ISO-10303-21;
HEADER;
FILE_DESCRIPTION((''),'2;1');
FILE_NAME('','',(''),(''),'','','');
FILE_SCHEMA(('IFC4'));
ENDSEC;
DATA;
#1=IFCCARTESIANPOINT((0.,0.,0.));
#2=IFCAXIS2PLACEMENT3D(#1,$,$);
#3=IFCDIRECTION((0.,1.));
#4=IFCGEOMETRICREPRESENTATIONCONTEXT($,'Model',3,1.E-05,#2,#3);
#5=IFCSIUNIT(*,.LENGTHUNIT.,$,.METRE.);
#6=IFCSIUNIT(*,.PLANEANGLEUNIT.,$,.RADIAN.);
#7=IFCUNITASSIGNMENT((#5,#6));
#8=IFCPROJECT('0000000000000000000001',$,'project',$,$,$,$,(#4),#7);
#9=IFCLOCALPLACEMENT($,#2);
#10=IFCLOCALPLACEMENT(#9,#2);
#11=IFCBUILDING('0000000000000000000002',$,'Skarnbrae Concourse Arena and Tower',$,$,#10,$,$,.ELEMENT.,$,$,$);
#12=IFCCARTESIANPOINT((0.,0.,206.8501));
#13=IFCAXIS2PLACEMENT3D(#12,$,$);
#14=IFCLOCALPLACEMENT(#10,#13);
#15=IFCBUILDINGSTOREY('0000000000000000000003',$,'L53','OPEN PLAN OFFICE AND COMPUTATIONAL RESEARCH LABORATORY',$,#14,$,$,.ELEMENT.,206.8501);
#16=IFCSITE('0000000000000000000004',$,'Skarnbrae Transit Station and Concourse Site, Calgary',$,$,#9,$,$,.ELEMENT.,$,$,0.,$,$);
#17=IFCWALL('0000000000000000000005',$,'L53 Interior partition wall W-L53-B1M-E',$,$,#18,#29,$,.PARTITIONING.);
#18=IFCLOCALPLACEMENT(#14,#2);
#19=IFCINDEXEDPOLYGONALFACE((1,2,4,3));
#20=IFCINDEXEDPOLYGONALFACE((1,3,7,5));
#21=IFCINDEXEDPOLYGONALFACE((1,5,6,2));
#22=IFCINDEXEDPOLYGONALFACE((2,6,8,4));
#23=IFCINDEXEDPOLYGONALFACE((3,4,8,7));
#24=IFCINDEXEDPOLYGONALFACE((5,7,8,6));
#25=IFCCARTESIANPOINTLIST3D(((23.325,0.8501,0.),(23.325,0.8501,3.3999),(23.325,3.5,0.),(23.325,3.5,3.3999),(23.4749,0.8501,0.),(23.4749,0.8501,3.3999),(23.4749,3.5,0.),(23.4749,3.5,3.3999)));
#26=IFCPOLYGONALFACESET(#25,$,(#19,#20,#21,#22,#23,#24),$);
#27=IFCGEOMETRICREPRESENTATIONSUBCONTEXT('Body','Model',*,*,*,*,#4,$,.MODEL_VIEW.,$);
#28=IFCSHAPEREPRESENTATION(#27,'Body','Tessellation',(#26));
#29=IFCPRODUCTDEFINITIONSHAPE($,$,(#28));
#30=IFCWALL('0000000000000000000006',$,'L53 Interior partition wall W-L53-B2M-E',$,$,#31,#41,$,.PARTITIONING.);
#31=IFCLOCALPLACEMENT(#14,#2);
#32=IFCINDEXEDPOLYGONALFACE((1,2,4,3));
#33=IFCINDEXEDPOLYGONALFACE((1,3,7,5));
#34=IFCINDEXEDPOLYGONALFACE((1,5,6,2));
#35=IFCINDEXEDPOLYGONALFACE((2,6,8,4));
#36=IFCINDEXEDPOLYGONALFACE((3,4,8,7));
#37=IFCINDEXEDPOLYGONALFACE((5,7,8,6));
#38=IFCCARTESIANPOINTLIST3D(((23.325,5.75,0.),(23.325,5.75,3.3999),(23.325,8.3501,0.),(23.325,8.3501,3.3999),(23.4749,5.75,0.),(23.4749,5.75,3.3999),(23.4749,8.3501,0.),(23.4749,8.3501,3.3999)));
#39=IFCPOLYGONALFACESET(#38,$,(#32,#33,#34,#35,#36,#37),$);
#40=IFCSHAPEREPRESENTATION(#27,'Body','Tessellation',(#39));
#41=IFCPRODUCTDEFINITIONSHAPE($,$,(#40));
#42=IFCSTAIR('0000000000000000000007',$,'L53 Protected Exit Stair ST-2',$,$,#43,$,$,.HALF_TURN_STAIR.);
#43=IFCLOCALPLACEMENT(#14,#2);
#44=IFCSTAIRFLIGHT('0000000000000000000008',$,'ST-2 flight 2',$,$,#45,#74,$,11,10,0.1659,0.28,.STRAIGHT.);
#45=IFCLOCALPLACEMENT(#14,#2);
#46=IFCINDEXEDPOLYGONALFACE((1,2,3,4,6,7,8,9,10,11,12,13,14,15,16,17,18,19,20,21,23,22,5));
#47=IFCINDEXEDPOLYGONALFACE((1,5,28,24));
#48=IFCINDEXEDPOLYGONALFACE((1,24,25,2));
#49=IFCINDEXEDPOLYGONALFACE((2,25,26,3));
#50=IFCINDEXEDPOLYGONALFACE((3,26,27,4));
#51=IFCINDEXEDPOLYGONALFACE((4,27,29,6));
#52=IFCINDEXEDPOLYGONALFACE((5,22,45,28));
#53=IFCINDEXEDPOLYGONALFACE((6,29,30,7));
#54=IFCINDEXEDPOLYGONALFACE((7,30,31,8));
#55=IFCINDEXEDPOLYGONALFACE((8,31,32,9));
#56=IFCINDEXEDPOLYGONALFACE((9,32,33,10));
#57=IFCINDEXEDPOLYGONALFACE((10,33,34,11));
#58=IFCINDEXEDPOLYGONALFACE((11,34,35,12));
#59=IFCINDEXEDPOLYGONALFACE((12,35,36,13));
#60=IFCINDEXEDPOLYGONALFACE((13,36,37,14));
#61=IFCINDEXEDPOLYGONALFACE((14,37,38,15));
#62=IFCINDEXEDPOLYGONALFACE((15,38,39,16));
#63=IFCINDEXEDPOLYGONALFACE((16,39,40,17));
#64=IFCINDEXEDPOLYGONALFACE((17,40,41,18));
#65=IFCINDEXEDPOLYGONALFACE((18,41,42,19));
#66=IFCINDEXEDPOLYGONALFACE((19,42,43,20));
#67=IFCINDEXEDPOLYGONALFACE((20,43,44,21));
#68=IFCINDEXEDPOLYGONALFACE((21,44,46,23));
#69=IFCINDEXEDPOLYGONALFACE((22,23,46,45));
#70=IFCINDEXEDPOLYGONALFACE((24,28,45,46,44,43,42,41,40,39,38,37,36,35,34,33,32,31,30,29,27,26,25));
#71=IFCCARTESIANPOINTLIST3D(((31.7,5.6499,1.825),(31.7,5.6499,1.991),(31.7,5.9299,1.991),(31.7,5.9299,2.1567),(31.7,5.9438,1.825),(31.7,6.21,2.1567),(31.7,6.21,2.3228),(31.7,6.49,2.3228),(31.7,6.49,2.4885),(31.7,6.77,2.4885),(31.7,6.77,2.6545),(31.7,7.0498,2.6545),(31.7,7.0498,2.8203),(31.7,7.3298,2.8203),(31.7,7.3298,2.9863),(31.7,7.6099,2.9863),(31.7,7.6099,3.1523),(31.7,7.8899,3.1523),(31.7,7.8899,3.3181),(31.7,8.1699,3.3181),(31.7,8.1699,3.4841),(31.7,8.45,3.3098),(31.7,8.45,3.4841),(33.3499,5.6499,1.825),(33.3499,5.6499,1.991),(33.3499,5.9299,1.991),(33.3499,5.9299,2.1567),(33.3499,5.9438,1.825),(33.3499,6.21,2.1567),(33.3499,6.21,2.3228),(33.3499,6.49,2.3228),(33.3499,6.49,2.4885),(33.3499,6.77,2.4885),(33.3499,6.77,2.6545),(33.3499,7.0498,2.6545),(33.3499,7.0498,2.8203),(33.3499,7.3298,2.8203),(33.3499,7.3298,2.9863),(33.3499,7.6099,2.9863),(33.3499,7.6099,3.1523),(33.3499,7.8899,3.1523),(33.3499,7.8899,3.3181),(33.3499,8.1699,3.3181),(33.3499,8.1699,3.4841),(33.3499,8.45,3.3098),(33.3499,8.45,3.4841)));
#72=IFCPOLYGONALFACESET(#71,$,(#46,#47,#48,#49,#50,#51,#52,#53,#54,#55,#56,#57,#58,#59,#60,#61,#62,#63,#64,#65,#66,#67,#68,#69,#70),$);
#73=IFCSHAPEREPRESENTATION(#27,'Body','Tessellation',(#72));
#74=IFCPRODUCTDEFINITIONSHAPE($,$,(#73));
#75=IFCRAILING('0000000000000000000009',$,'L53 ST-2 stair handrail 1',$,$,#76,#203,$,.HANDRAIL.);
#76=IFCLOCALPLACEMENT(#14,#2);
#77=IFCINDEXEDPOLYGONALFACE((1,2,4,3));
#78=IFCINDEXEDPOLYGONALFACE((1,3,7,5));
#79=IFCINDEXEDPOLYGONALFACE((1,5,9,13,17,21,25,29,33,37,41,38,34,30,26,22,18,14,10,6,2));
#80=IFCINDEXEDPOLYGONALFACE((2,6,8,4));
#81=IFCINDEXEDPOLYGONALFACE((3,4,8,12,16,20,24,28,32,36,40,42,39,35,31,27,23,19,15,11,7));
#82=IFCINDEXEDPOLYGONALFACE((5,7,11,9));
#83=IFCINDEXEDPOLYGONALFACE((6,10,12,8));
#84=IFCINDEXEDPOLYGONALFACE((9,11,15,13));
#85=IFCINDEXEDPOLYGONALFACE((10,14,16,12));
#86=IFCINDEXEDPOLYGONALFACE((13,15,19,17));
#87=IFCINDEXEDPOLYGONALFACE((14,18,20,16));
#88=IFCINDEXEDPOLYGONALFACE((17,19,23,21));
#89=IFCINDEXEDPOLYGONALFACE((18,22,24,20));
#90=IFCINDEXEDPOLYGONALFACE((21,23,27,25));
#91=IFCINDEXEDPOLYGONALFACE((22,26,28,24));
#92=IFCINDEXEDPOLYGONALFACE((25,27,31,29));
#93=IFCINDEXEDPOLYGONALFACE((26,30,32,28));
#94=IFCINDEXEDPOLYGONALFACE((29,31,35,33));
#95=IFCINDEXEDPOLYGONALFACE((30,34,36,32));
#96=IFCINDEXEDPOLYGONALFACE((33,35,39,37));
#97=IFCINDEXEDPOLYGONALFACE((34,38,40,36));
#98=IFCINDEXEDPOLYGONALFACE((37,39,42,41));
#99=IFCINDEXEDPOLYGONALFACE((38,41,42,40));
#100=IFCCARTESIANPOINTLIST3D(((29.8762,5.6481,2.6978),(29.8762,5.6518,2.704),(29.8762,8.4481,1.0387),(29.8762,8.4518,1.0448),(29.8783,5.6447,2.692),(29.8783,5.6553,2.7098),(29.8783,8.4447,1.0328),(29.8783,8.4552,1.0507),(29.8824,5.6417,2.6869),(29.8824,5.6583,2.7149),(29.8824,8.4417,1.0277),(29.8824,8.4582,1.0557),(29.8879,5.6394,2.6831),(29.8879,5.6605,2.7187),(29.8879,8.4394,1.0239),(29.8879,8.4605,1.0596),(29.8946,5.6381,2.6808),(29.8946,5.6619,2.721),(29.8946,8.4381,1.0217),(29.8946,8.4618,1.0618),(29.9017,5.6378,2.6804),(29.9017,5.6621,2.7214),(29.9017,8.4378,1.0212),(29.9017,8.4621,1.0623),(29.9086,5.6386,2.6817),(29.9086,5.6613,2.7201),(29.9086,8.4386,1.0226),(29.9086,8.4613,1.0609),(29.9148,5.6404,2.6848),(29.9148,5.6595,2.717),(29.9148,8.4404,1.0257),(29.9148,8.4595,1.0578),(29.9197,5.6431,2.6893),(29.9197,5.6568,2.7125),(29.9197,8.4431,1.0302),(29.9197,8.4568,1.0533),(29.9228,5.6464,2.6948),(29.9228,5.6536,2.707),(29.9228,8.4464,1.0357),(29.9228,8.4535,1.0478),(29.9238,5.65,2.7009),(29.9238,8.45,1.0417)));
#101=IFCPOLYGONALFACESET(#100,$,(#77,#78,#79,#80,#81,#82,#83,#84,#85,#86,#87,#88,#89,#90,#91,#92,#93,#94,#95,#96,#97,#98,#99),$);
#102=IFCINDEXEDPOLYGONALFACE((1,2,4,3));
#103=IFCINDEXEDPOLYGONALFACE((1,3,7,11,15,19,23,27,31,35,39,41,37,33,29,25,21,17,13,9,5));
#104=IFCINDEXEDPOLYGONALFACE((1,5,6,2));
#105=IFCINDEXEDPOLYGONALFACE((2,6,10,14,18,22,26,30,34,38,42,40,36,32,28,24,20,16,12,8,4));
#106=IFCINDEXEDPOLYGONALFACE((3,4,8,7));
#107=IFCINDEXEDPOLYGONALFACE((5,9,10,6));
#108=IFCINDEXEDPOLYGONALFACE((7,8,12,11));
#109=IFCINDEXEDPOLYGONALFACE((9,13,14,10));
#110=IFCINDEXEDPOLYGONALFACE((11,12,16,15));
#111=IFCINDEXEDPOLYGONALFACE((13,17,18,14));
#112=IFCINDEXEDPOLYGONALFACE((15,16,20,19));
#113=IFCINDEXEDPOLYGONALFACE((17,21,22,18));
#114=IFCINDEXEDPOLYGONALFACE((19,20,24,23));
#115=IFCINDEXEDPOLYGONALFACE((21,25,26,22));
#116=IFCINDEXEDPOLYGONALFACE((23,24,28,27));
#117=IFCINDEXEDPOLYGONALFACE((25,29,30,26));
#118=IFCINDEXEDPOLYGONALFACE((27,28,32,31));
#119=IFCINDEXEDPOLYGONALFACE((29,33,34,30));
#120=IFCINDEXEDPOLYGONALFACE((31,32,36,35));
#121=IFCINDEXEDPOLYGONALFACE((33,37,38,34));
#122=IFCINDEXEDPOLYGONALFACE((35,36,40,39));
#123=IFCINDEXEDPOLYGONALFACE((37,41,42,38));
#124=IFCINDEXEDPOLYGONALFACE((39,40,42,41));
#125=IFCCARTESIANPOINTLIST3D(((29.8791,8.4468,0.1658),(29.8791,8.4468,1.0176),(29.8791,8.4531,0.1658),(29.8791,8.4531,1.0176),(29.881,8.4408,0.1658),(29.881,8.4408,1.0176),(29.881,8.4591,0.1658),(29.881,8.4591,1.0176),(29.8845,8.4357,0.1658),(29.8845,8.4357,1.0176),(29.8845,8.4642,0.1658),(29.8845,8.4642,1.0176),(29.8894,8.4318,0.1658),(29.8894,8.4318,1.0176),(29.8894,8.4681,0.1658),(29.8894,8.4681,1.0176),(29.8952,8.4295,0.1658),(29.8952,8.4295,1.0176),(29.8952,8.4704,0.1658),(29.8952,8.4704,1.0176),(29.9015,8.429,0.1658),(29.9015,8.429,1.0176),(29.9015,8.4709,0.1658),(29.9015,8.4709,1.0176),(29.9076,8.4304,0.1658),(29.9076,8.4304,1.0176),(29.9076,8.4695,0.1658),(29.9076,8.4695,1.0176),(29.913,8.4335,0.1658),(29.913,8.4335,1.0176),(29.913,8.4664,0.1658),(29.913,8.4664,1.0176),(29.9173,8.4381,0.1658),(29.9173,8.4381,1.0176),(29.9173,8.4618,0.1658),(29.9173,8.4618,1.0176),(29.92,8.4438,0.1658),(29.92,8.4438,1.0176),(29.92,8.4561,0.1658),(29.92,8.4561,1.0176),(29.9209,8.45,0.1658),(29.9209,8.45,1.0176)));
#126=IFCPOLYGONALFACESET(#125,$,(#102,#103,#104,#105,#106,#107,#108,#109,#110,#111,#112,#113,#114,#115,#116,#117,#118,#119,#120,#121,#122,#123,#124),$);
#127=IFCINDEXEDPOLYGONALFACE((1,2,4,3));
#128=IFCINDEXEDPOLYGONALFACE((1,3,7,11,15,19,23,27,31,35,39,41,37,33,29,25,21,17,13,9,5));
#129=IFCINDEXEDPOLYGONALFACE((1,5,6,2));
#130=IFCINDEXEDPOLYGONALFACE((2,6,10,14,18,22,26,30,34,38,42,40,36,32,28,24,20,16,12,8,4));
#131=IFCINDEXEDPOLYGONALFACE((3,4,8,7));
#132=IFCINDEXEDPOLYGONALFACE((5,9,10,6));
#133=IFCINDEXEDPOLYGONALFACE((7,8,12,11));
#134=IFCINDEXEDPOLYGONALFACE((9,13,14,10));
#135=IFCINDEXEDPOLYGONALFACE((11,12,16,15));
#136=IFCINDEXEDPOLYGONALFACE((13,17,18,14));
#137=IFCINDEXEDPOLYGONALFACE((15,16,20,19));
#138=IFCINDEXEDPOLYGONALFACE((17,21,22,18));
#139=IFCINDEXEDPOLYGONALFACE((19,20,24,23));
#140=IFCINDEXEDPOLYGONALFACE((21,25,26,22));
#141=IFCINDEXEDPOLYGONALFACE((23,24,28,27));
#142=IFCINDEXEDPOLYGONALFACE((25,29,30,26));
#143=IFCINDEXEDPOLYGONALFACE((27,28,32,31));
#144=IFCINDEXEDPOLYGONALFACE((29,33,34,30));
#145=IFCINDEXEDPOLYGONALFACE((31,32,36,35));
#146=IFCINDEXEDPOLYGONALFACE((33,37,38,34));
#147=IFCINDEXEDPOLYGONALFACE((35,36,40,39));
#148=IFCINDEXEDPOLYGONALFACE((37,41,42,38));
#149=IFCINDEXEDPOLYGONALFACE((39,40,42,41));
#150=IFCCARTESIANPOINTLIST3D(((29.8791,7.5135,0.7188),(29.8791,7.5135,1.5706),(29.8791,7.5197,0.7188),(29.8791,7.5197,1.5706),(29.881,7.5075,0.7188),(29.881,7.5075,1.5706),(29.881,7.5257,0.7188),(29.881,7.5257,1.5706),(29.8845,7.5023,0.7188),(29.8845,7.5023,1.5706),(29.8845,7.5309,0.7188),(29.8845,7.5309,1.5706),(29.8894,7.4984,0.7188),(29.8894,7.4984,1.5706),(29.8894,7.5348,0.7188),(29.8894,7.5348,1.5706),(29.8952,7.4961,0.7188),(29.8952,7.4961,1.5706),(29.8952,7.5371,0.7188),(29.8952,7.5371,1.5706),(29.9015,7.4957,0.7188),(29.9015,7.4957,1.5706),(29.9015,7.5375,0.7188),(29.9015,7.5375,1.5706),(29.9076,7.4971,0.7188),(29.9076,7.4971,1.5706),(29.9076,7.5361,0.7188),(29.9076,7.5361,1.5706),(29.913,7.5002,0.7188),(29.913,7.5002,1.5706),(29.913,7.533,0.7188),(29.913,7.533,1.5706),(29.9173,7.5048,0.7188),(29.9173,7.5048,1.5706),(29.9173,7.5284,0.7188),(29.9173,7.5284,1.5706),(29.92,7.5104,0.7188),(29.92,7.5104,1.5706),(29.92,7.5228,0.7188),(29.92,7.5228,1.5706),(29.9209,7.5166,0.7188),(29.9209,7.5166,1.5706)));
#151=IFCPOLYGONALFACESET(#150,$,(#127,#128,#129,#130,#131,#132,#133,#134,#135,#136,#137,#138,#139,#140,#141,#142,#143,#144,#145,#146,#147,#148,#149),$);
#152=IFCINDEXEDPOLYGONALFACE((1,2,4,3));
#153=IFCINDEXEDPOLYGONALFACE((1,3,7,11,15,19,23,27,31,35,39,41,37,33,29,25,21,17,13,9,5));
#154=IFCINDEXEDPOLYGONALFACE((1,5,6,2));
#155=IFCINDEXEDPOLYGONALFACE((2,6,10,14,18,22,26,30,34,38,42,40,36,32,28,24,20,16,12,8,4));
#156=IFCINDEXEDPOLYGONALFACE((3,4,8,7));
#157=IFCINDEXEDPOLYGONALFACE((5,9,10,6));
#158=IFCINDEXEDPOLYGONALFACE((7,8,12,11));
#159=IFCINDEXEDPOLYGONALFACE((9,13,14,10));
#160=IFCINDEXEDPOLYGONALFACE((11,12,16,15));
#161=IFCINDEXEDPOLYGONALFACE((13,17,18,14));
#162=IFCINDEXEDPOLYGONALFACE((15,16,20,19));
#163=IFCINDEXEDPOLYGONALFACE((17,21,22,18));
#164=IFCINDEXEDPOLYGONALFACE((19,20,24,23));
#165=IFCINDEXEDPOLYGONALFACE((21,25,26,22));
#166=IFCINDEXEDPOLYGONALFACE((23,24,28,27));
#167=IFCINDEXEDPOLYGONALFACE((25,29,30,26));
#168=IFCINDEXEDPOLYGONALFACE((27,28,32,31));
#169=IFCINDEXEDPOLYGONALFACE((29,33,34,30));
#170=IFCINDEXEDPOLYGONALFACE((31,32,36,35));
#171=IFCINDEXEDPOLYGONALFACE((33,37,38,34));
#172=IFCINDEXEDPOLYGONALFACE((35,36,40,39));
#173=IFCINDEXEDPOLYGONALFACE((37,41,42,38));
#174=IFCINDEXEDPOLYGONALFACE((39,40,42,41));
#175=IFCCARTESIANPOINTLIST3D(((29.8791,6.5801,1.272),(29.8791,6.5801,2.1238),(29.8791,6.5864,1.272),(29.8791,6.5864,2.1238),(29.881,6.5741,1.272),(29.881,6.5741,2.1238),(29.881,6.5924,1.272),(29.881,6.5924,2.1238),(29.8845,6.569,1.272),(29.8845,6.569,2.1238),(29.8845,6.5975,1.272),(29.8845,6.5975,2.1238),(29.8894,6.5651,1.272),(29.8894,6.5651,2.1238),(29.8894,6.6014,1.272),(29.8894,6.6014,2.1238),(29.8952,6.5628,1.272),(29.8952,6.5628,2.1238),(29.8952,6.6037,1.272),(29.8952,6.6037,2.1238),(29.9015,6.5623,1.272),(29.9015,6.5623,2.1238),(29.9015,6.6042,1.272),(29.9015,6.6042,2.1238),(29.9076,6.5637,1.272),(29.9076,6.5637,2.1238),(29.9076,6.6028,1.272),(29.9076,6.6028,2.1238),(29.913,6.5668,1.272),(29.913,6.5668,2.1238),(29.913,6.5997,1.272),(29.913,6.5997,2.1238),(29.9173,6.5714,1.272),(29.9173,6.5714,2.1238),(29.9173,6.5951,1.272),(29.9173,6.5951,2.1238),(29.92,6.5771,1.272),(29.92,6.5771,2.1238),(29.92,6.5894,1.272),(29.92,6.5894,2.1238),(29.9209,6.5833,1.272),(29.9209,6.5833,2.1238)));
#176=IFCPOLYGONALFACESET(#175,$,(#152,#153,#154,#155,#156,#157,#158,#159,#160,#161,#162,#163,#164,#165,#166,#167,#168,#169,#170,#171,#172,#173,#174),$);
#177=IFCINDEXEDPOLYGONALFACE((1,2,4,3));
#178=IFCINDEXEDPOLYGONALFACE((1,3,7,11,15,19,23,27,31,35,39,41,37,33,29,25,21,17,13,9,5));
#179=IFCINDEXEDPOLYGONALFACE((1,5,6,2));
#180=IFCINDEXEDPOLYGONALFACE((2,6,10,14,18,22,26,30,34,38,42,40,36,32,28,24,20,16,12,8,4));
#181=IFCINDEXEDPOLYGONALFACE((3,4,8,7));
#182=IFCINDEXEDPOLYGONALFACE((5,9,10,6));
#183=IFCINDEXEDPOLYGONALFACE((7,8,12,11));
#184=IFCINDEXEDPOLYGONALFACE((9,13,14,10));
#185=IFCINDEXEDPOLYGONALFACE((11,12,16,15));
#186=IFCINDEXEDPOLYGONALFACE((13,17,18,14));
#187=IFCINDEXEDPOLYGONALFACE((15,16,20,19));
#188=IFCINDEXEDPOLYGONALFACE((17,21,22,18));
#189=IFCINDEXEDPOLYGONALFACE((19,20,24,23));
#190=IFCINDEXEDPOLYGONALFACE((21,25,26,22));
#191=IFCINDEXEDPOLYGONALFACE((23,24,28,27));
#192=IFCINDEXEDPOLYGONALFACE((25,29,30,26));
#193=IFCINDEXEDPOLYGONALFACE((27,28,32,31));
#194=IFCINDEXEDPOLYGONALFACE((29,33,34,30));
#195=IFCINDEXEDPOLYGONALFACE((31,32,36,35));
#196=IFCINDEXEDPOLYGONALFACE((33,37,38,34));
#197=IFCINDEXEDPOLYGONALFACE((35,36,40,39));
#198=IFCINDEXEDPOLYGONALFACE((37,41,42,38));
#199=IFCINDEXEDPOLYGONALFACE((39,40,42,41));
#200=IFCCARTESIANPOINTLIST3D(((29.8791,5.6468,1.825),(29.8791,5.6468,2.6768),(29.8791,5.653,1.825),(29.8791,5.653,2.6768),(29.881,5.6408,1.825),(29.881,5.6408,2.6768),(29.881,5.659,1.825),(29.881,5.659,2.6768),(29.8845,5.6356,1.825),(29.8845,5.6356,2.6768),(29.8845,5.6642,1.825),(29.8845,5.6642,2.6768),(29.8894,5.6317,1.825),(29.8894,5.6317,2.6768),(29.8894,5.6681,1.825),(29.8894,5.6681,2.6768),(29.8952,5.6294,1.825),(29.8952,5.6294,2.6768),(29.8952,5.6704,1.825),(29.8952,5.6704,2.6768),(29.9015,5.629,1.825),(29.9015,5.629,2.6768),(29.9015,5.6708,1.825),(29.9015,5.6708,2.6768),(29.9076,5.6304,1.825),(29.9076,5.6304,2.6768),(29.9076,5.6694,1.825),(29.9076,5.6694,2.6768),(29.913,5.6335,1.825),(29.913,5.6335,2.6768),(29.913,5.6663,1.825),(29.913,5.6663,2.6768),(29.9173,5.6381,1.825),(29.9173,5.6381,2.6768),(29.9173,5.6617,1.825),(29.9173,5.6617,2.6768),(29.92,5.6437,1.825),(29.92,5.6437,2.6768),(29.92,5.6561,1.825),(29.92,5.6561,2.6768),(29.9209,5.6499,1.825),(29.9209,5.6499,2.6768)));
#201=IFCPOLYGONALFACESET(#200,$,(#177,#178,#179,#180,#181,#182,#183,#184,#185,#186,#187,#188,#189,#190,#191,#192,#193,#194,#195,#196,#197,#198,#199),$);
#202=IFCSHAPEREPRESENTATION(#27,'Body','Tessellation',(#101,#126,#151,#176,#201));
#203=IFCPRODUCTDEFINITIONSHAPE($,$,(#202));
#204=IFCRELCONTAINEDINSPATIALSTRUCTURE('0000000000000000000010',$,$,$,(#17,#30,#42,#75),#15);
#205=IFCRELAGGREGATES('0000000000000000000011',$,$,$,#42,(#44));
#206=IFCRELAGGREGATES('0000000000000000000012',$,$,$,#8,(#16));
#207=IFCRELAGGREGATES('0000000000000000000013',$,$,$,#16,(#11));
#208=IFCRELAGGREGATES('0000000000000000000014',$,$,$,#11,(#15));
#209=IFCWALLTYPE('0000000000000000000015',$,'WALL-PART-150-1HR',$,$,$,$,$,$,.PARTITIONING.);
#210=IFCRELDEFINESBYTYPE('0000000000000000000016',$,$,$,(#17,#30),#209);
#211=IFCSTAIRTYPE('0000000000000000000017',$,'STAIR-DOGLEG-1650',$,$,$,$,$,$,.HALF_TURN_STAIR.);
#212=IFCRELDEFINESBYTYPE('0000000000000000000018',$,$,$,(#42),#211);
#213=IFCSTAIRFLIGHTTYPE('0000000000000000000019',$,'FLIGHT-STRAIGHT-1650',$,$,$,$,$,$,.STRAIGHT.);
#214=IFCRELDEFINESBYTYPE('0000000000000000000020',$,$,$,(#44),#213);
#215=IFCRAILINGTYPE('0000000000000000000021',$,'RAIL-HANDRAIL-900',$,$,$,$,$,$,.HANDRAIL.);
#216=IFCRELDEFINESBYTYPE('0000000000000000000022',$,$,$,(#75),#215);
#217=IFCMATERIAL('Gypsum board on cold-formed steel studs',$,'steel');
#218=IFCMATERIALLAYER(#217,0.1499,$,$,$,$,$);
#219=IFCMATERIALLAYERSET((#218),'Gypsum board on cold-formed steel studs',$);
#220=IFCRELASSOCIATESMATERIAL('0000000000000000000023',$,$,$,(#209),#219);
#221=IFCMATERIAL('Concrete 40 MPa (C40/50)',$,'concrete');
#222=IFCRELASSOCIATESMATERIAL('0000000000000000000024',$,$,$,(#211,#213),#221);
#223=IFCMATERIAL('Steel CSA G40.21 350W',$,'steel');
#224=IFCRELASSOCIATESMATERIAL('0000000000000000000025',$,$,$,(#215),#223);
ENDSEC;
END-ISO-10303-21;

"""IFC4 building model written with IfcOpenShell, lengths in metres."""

from ifc_helpers import new_model, si_unit, direction, frame, frame_2d, origin, origin_2d, place, context, subcontext, project, spatial, polyline, rectangle, circle, outline, extrude, source, transform, mapped, material, layer, layer_set, type_object, element, aggregate, save


model = new_model("IFC4")

# Units and contexts
model_context = context("Model", 3, precision=1e-05, world=origin(), true_north=direction((0.0, 1.0)))
body_context = subcontext(model_context, "Body", "Model", "MODEL_VIEW")
ifc_project = project(units=[si_unit("LENGTHUNIT", "METRE"), si_unit("PLANEANGLEUNIT", "RADIAN")], contexts=[model_context])

# Site, building, storey
site_placement = place(None, origin())
site = spatial("IfcSite", under=ifc_project, at=site_placement, Name="Skarnbrae Transit Station and Concourse Site, Calgary", CompositionType="ELEMENT", RefElevation=0.0)
building_placement = place(site_placement, origin())
building = spatial("IfcBuilding", under=site, at=building_placement, Name="Skarnbrae Concourse Arena and Tower", CompositionType="ELEMENT")
storey_placement = place(building_placement, frame((0.0, 0.0, 206.8501)))
storey = spatial("IfcBuildingStorey", under=building, at=storey_placement, Name="L53", Description="OPEN PLAN OFFICE AND COMPUTATIONAL RESEARCH LABORATORY", CompositionType="ELEMENT", Elevation=206.8501)

# Shared definitions
ifc_material_1 = material(Name="Gypsum board on cold-formed steel studs", Category="steel")

# Shared definitions
ifc_layer_1 = layer(ifc_material_1, 0.1499)
ifc_layer_set_1 = layer_set([ifc_layer_1], Name="Gypsum board on cold-formed steel studs")
wall_type_1 = type_object("IfcWallType", Name="WALL-PART-150-1HR", PredefinedType="PARTITIONING", material=ifc_layer_set_1)
ifc_material_2 = material(Name="Steel CSA G40.21 350W", Category="steel")

# Walls
shared_shape_1 = source(origin(), body_context, "Body", "SweptSolid", [
    extrude(rectangle(XDim=2.6499, YDim=0.1499, at=frame_2d((1.325, 0.0))), origin(), (0.0, 0.0, 1.0), 3.3999),
])
wall_1_placement = place(storey_placement, frame((23.3999, 0.8501, 0.0), z_axis=(0.0, 0.0, 1.0), x_axis=(0.0, 1.0, 0.0)))
element("IfcWall", 1, at=wall_1_placement, inside=storey, type_object=wall_type_1, Name="L53 Interior partition wall W-L53-B1M-E", PredefinedType="PARTITIONING", context=body_context, shape_type="MappedRepresentation", body=[
    mapped(shared_shape_1, transform((0.0, 0.0, 0.0))),
])
shared_shape_2 = source(origin(), body_context, "Body", "SweptSolid", [
    extrude(rectangle(XDim=2.6001, YDim=0.1499, at=frame_2d((1.3, 0.0))), origin(), (0.0, 0.0, 1.0), 3.3999),
])
wall_2_placement = place(storey_placement, frame((23.3999, 5.75, 0.0), z_axis=(0.0, 0.0, 1.0), x_axis=(0.0, 1.0, 0.0)))
element("IfcWall", 2, at=wall_2_placement, inside=storey, type_object=wall_type_1, Name="L53 Interior partition wall W-L53-B2M-E", PredefinedType="PARTITIONING", context=body_context, shape_type="MappedRepresentation", body=[
    mapped(shared_shape_2, transform((0.0, 0.0, 0.0))),
])

# Stair, stair flight
ifc_material_3 = material(Name="Concrete 40 MPa (C40/50)", Category="concrete")
stair_type = type_object("IfcStairType", Name="STAIR-DOGLEG-1650", PredefinedType="HALF_TURN_STAIR", material=ifc_material_3)
stair_placement = place(storey_placement, origin())
stair = element("IfcStair", 3, at=stair_placement, inside=storey, type_object=stair_type, Name="L53 Protected Exit Stair ST-2", PredefinedType="HALF_TURN_STAIR")
stair_flight_type = type_object("IfcStairFlightType", Name="FLIGHT-STRAIGHT-1650", PredefinedType="STRAIGHT", material=ifc_material_3)
shared_shape_3 = source(origin(), body_context, "Body", "SweptSolid", [
    extrude(outline(polyline([(0.0, 0.0), (0.0, 0.166), (0.28, 0.166), (0.28, 0.3318), (0.5601, 0.3318), (0.5601, 0.4978), (0.8401, 0.4978), (0.8401, 0.6636), (1.1201, 0.6636), (1.1201, 0.8296), (1.3999, 0.8296), (1.3999, 0.9954), (1.6799, 0.9954), (1.6799, 1.1614), (1.96, 1.1614), (1.96, 1.3274), (2.24, 1.3274), (2.24, 1.4932), (2.52, 1.4932), (2.52, 1.6592), (2.8, 1.6592), (2.8, 1.825), (2.8, 1.4849), (0.2939, 0.0), (0.0, 0.0)])), frame((0.0, 0.825, 0.0), z_axis=(0.0, -1.0, 0.0), x_axis=(1.0, 0.0, 0.0)), (0.0, 0.0, 1.0), 1.6499),
])
stair_flight_placement = place(storey_placement, frame((32.5249, 5.6499, 1.825), z_axis=(0.0, 0.0, 1.0), x_axis=(0.0, 1.0, 0.0)))
stair_flight = element("IfcStairFlight", 4, at=stair_flight_placement, type_object=stair_flight_type, Name="ST-2 flight 2", NumberOfRisers=11, NumberOfTreads=10, PredefinedType="STRAIGHT", RiserHeight=0.1659, TreadLength=0.28, context=body_context, shape_type="MappedRepresentation", body=[
    mapped(shared_shape_3, transform((0.0, 0.0, 0.0))),
])
aggregate(stair, [stair_flight])

# Railing
railing_type_1 = type_object("IfcRailingType", Name="RAIL-HANDRAIL-900", PredefinedType="HANDRAIL", material=ifc_material_2)
railing_1_placement = place(storey_placement, frame((29.8999, 8.45, 0.1658)))
element("IfcRailing", 5, at=railing_1_placement, inside=storey, type_object=railing_type_1, Name="L53 ST-2 stair handrail 1", PredefinedType="HANDRAIL", context=body_context, shape_type="SweptSolid", body=[
    extrude(circle(Radius=0.0239, at=origin_2d()), frame((0.0, 0.0, 0.876), z_axis=(0.0, -0.860306, 0.509778), x_axis=(1.0, 0.0, 0.0)), (0.0, 0.0, 1.0), 3.2546),
    extrude(circle(Radius=0.021, at=origin_2d()), origin(), (0.0, 0.0, 1.0), 0.8518),
    extrude(circle(Radius=0.021, at=origin_2d()), frame((0.0, -0.9333, 0.553)), (0.0, 0.0, 1.0), 0.8518),
    extrude(circle(Radius=0.021, at=origin_2d()), frame((0.0, -1.8667, 1.1062)), (0.0, 0.0, 1.0), 0.8518),
    extrude(circle(Radius=0.021, at=origin_2d()), frame((0.0, -2.8, 1.6592)), (0.0, 0.0, 1.0), 0.8518),
])

save(model, "model.ifc")
